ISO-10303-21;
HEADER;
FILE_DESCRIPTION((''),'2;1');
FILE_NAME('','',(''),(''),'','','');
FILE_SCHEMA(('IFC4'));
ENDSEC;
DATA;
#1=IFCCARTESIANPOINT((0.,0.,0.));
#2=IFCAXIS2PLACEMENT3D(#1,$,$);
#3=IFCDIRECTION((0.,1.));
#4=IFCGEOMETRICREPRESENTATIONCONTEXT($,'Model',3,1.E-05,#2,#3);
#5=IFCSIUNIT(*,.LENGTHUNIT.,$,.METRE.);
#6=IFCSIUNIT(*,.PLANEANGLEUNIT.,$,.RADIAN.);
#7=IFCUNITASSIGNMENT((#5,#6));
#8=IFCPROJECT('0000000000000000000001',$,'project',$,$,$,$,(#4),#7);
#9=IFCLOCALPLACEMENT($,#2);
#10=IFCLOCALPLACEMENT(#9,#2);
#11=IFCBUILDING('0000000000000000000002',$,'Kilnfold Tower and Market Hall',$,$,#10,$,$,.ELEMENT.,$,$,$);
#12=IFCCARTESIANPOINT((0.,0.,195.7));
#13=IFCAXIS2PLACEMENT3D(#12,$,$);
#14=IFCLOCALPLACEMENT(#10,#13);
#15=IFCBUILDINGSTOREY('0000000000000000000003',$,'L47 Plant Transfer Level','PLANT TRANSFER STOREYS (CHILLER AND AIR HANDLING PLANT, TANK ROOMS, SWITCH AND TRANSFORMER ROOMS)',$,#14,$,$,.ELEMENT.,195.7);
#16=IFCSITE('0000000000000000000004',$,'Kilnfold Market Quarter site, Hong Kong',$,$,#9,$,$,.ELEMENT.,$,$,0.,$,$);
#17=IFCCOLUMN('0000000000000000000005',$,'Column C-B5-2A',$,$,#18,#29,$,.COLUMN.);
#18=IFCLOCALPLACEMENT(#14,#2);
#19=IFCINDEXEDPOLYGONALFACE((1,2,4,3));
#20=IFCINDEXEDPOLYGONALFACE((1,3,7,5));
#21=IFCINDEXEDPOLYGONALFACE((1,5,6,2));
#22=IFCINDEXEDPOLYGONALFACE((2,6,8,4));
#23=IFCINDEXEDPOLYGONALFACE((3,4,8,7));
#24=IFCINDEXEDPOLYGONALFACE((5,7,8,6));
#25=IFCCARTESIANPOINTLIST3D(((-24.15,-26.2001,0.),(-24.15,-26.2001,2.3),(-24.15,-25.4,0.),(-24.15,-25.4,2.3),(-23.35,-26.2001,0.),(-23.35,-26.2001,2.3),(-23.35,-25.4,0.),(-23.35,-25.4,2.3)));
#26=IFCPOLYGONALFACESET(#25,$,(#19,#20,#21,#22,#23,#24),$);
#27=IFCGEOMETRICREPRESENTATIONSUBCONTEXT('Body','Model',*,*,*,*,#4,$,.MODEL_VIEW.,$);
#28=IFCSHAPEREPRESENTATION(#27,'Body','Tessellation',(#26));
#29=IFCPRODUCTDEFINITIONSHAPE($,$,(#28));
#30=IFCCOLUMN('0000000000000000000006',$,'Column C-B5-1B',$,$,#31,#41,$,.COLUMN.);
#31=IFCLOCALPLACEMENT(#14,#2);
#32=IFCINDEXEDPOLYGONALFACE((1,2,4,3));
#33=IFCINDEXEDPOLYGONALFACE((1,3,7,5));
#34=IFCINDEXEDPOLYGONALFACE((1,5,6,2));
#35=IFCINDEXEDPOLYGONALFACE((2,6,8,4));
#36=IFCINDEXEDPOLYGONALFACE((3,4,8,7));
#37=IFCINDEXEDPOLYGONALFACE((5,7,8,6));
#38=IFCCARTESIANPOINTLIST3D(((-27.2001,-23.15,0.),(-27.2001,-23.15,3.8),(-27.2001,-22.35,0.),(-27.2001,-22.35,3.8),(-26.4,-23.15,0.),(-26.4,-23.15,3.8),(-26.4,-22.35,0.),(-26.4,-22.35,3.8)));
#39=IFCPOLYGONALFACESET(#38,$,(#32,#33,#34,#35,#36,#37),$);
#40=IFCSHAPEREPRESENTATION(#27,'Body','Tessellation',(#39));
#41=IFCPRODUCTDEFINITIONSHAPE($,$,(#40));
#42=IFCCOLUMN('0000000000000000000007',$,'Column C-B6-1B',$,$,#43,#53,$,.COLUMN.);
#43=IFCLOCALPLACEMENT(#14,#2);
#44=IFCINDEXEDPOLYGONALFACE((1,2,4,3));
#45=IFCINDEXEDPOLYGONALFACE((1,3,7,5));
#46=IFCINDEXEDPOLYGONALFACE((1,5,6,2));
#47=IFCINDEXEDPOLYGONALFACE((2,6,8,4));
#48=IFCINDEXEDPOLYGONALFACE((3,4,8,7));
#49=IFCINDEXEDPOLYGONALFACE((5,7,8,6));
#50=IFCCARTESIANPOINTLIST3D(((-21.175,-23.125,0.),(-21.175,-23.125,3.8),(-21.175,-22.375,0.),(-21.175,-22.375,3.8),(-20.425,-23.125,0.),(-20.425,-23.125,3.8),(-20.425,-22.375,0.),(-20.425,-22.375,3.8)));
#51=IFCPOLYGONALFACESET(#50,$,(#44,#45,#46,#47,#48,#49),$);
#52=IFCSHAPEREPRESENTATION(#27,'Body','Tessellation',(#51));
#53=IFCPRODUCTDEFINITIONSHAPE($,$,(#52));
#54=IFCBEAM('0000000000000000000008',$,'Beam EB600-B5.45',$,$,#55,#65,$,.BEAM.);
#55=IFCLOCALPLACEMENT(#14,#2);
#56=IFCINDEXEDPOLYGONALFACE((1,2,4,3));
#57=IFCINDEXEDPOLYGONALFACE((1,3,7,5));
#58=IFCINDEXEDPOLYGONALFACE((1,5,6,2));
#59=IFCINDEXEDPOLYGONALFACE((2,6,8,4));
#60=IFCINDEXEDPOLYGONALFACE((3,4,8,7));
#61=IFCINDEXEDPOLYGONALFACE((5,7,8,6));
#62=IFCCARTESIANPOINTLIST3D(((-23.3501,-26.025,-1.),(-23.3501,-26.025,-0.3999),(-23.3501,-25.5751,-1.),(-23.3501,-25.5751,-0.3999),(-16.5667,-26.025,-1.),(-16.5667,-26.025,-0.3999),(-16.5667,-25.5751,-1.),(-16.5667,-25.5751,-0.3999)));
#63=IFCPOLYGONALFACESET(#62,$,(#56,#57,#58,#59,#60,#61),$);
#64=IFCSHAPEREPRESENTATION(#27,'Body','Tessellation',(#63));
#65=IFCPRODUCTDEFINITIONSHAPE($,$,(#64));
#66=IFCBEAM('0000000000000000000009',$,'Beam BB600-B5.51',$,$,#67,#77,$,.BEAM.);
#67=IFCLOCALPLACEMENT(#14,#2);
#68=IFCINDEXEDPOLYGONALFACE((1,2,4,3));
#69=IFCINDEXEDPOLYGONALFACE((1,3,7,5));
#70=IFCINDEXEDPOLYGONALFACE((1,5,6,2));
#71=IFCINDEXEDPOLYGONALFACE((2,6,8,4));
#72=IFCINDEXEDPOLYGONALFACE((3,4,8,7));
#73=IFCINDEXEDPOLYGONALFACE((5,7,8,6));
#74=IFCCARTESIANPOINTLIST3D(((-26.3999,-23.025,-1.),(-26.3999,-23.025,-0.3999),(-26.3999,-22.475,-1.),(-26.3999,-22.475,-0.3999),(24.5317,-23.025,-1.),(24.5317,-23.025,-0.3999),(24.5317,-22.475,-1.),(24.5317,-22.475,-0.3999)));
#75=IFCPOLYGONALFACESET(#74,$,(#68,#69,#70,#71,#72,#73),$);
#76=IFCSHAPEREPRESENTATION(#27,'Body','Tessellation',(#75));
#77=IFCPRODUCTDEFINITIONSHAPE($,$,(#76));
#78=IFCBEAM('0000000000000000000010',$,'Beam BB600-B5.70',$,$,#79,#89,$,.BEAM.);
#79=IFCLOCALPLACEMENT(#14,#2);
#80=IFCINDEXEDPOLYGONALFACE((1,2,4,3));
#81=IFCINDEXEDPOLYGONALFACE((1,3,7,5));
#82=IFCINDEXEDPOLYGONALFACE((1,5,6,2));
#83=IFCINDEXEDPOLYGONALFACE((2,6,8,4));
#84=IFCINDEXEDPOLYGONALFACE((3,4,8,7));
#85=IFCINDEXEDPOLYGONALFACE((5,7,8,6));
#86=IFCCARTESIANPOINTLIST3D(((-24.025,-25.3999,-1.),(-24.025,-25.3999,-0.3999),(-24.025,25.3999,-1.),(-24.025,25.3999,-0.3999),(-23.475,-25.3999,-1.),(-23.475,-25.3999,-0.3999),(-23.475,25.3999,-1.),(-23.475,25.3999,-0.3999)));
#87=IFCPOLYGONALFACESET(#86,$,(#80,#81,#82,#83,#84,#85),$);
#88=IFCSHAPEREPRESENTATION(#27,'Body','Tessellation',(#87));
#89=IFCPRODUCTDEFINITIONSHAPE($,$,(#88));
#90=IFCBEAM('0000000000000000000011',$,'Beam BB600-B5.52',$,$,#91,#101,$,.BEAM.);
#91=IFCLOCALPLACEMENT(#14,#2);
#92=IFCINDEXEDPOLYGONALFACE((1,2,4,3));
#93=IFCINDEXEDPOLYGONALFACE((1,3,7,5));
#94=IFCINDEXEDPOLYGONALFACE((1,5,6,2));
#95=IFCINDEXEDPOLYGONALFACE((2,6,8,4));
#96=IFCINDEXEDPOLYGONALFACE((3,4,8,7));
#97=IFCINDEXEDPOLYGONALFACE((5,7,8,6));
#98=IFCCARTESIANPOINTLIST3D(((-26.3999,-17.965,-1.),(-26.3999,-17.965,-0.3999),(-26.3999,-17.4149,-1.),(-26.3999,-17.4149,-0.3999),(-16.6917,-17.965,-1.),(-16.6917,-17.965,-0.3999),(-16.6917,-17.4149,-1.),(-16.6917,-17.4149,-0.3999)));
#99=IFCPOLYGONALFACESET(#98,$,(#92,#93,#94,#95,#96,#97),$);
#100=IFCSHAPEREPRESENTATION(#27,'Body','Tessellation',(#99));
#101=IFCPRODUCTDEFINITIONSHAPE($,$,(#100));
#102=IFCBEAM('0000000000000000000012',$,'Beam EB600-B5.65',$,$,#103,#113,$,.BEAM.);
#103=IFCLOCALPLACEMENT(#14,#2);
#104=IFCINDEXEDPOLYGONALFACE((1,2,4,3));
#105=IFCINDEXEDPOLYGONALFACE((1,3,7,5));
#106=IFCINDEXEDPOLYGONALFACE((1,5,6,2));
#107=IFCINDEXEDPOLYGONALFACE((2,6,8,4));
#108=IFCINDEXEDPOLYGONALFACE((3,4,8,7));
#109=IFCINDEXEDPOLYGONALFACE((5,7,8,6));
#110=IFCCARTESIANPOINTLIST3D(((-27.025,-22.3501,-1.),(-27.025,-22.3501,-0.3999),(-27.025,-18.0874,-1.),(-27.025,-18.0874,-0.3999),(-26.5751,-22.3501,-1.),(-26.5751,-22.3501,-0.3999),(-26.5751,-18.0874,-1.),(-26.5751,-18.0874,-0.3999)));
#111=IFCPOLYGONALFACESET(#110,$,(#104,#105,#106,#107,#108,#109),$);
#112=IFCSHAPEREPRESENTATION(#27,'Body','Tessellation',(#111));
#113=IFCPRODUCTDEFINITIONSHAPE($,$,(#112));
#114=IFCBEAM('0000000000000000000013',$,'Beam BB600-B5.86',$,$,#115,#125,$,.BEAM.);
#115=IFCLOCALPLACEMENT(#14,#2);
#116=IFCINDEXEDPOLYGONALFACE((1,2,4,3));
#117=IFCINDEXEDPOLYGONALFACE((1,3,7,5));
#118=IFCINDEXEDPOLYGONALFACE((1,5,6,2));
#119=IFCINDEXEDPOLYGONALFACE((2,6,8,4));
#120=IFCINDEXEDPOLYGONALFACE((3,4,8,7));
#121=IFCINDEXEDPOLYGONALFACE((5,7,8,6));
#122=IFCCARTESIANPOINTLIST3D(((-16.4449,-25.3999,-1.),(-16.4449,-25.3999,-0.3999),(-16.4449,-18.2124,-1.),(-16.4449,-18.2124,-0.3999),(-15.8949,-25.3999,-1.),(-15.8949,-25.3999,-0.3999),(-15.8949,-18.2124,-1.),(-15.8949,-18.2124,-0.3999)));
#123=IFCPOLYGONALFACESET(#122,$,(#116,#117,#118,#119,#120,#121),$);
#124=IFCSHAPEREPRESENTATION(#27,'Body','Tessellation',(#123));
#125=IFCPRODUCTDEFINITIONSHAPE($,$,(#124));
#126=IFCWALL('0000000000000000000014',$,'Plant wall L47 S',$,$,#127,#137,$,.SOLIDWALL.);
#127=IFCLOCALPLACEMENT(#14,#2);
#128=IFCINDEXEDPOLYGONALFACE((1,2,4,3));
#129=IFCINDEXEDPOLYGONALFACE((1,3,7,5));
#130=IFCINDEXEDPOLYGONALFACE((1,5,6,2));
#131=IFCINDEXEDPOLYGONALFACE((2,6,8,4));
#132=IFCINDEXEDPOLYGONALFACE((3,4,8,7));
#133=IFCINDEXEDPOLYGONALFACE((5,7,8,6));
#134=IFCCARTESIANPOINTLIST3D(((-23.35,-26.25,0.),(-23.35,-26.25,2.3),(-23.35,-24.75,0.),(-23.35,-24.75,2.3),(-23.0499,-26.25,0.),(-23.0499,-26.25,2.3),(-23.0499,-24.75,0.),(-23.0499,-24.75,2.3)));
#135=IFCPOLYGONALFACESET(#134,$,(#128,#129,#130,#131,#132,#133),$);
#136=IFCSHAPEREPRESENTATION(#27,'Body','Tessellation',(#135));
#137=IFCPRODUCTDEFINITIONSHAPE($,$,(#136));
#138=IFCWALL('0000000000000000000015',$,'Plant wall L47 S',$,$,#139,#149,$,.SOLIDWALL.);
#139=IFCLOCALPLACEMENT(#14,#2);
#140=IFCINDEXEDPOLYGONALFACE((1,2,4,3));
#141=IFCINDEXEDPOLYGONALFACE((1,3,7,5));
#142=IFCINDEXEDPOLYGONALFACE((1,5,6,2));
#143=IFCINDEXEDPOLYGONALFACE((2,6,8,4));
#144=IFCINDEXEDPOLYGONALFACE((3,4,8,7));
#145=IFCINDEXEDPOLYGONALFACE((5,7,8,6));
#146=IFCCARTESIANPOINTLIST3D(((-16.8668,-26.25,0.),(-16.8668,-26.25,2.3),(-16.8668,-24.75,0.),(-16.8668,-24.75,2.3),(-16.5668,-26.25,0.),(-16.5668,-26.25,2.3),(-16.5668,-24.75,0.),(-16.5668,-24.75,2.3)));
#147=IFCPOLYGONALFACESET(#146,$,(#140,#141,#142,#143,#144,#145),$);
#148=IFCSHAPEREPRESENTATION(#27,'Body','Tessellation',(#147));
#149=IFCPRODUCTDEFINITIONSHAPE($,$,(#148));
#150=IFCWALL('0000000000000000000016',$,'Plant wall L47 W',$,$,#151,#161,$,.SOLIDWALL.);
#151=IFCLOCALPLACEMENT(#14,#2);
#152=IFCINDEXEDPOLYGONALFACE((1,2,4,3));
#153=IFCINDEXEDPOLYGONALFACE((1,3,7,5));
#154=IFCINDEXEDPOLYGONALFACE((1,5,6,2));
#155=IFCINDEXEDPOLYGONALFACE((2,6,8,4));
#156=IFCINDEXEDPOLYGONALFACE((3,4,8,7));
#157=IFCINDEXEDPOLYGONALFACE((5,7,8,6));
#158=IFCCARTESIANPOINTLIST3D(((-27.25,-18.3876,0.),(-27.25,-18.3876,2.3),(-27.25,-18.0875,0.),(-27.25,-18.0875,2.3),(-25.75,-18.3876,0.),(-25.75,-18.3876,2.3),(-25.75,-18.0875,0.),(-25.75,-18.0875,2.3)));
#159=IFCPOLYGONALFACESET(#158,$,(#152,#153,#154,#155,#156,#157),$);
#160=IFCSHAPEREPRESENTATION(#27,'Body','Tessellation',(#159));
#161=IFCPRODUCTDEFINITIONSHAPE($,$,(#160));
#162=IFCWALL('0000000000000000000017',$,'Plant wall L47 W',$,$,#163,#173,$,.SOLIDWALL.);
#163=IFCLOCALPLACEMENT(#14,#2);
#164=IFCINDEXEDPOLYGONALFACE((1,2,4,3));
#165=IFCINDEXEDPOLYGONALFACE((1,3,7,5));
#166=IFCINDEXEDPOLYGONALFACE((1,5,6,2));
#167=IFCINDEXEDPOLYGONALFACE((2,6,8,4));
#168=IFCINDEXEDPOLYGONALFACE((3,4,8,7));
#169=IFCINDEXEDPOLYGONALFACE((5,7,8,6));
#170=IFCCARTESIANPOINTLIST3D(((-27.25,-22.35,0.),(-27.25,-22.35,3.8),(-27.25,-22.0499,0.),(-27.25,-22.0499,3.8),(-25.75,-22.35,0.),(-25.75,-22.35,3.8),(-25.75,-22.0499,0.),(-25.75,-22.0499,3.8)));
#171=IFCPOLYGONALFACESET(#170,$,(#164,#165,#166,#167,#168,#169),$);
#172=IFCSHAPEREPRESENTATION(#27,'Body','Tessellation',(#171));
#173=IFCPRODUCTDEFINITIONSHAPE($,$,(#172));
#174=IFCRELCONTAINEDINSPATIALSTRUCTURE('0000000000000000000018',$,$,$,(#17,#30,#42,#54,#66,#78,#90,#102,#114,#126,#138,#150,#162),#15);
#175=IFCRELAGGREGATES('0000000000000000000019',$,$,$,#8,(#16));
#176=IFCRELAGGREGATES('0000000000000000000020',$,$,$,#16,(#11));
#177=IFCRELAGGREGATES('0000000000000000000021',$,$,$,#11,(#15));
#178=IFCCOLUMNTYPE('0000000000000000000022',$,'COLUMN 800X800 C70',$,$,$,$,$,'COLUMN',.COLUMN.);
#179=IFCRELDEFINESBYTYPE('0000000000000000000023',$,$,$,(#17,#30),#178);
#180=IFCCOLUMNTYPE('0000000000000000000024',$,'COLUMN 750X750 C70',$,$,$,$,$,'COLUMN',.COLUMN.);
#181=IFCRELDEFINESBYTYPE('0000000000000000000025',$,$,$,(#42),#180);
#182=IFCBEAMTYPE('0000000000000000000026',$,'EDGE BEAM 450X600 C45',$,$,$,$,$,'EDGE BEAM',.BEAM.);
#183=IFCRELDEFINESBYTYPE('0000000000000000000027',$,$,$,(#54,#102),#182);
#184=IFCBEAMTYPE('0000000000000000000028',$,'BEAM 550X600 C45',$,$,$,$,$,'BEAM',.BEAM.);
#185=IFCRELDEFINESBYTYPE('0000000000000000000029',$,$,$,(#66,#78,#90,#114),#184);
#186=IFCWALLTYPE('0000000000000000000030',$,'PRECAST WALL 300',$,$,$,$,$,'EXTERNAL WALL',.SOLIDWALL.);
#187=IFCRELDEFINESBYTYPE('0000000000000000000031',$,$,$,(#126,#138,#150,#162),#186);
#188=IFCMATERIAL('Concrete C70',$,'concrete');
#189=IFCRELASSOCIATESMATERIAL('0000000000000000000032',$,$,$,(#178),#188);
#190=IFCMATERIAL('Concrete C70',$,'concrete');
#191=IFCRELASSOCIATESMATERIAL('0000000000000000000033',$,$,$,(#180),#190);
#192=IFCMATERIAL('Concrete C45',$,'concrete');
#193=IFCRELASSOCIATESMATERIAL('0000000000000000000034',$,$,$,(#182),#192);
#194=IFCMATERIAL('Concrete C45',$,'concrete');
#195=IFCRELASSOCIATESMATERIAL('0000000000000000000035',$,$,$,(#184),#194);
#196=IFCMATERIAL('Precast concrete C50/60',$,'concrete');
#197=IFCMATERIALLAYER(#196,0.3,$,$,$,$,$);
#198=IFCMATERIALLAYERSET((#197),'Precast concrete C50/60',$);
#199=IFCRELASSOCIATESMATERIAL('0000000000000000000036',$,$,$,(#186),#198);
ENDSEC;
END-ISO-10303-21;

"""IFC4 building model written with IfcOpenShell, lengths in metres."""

from ifc_helpers import new_model, si_unit, direction, frame, frame_2d, origin, origin_2d, place, context, subcontext, project, spatial, rectangle, extrude, source, transform, mapped, material, layer, layer_set, material_profile, profile_set, type_object, element, save


model = new_model("IFC4")

# Units and contexts
model_context = context("Model", 3, precision=1e-05, world=origin(), true_north=direction((0.0, 1.0)))
body_context = subcontext(model_context, "Body", "Model", "MODEL_VIEW")
ifc_project = project(units=[si_unit("LENGTHUNIT", "METRE"), si_unit("PLANEANGLEUNIT", "RADIAN")], contexts=[model_context])

# Site, building, storey
site_placement = place(None, origin())
site = spatial("IfcSite", under=ifc_project, at=site_placement, Name="Kilnfold Market Quarter site, Hong Kong", CompositionType="ELEMENT", RefElevation=0.0)
building_placement = place(site_placement, origin())
building = spatial("IfcBuilding", under=site, at=building_placement, Name="Kilnfold Tower and Market Hall", CompositionType="ELEMENT")
storey_placement = place(building_placement, frame((0.0, 0.0, 195.7)))
storey = spatial("IfcBuildingStorey", under=building, at=storey_placement, Name="L47 Plant Transfer Level", Description="PLANT TRANSFER STOREYS (CHILLER AND AIR HANDLING PLANT, TANK ROOMS, SWITCH AND TRANSFORMER ROOMS)", CompositionType="ELEMENT", Elevation=195.7)

# Columns
ifc_material_1 = material(Name="Concrete C70", Category="concrete")
ifc_material_profile_1 = material_profile(ifc_material_1, rectangle(XDim=0.8, YDim=0.8, at=origin_2d()), Name="RC 800x800")
ifc_profile_set_1 = profile_set([ifc_material_profile_1], Name="Concrete C70")
column_type_1 = type_object("IfcColumnType", Name="COLUMN 800X800 C70", ElementType="COLUMN", PredefinedType="COLUMN", material=ifc_profile_set_1)
shared_shape_1 = source(origin(), body_context, "Body", "SweptSolid", [
    extrude(rectangle(XDim=0.8, YDim=0.8, at=origin_2d()), origin(), (0.0, 0.0, 1.0), 2.3),
])
column_1_placement = place(storey_placement, frame((-23.75, -25.8, 0.0), z_axis=(0.0, 0.0, 1.0), x_axis=(1.0, 0.0, 0.0)))
element("IfcColumn", 1, at=column_1_placement, inside=storey, type_object=column_type_1, Name="Column C-B5-2A", PredefinedType="COLUMN", context=body_context, shape_type="MappedRepresentation", body=[
    mapped(shared_shape_1, transform((0.0, 0.0, 0.0))),
])
shared_shape_2 = source(origin(), body_context, "Body", "SweptSolid", [
    extrude(rectangle(XDim=0.8, YDim=0.8, at=origin_2d()), origin(), (0.0, 0.0, 1.0), 3.8),
])
column_2_placement = place(storey_placement, frame((-26.8, -22.75, 0.0), z_axis=(0.0, 0.0, 1.0), x_axis=(1.0, 0.0, 0.0)))
element("IfcColumn", 2, at=column_2_placement, inside=storey, type_object=column_type_1, Name="Column C-B5-1B", PredefinedType="COLUMN", context=body_context, shape_type="MappedRepresentation", body=[
    mapped(shared_shape_2, transform((0.0, 0.0, 0.0))),
])
ifc_material_2 = material(Name="Concrete C70", Category="concrete")
ifc_material_profile_2 = material_profile(ifc_material_2, rectangle(XDim=0.75, YDim=0.75, at=origin_2d()), Name="RC 750x750")
ifc_profile_set_2 = profile_set([ifc_material_profile_2], Name="Concrete C70")
column_type_2 = type_object("IfcColumnType", Name="COLUMN 750X750 C70", ElementType="COLUMN", PredefinedType="COLUMN", material=ifc_profile_set_2)
shared_shape_3 = source(origin(), body_context, "Body", "SweptSolid", [
    extrude(rectangle(XDim=0.75, YDim=0.75, at=origin_2d()), origin(), (0.0, 0.0, 1.0), 3.8),
])
column_3_placement = place(storey_placement, frame((-20.8, -22.75, 0.0), z_axis=(0.0, 0.0, 1.0), x_axis=(1.0, 0.0, 0.0)))
element("IfcColumn", 3, at=column_3_placement, inside=storey, type_object=column_type_2, Name="Column C-B6-1B", PredefinedType="COLUMN", context=body_context, shape_type="MappedRepresentation", body=[
    mapped(shared_shape_3, transform((0.0, 0.0, 0.0))),
])

# Beams
ifc_material_3 = material(Name="Concrete C45", Category="concrete")
ifc_material_profile_3 = material_profile(ifc_material_3, rectangle(XDim=0.45, YDim=0.6001, at=origin_2d()), Name="RC 450x600")
ifc_profile_set_3 = profile_set([ifc_material_profile_3], Name="Concrete C45")
beam_type_1 = type_object("IfcBeamType", Name="EDGE BEAM 450X600 C45", ElementType="EDGE BEAM", PredefinedType="BEAM", material=ifc_profile_set_3)
shared_shape_4 = source(origin(), body_context, "Body", "SweptSolid", [
    extrude(rectangle(XDim=0.45, YDim=0.6001, at=origin_2d()), origin(), (0.0, 0.0, 1.0), 6.7834),
])
beam_1_placement = place(storey_placement, frame((-23.3501, -25.8, -0.7), z_axis=(1.0, 0.0, 0.0), x_axis=(0.0, 1.0, 0.0)))
element("IfcBeam", 4, at=beam_1_placement, inside=storey, type_object=beam_type_1, Name="Beam EB600-B5.45", PredefinedType="BEAM", context=body_context, shape_type="MappedRepresentation", body=[
    mapped(shared_shape_4, transform((0.0, 0.0, 0.0))),
])
ifc_material_4 = material(Name="Concrete C45", Category="concrete")
ifc_material_profile_4 = material_profile(ifc_material_4, rectangle(XDim=0.55, YDim=0.6001, at=origin_2d()), Name="RC 550x600")
ifc_profile_set_4 = profile_set([ifc_material_profile_4], Name="Concrete C45")
beam_type_2 = type_object("IfcBeamType", Name="BEAM 550X600 C45", ElementType="BEAM", PredefinedType="BEAM", material=ifc_profile_set_4)
shared_shape_5 = source(origin(), body_context, "Body", "SweptSolid", [
    extrude(rectangle(XDim=0.55, YDim=0.6001, at=origin_2d()), origin(), (0.0, 0.0, 1.0), 50.9316),
])
beam_2_placement = place(storey_placement, frame((-26.3999, -22.75, -0.7), z_axis=(1.0, 0.0, 0.0), x_axis=(0.0, 1.0, 0.0)))
element("IfcBeam", 5, at=beam_2_placement, inside=storey, type_object=beam_type_2, Name="Beam BB600-B5.51", PredefinedType="BEAM", context=body_context, shape_type="MappedRepresentation", body=[
    mapped(shared_shape_5, transform((0.0, 0.0, 0.0))),
])
shared_shape_6 = source(origin(), body_context, "Body", "SweptSolid", [
    extrude(rectangle(XDim=0.55, YDim=0.6001, at=origin_2d()), origin(), (0.0, 0.0, 1.0), 50.7998),
])
beam_3_placement = place(storey_placement, frame((-23.75, -25.3999, -0.7), z_axis=(0.0, 1.0, 0.0), x_axis=(-1.0, 0.0, 0.0)))
element("IfcBeam", 6, at=beam_3_placement, inside=storey, type_object=beam_type_2, Name="Beam BB600-B5.70", PredefinedType="BEAM", context=body_context, shape_type="MappedRepresentation", body=[
    mapped(shared_shape_6, transform((0.0, 0.0, 0.0))),
])
shared_shape_7 = source(origin(), body_context, "Body", "SweptSolid", [
    extrude(rectangle(XDim=0.55, YDim=0.6001, at=origin_2d()), origin(), (0.0, 0.0, 1.0), 9.7083),
])
beam_4_placement = place(storey_placement, frame((-26.3999, -17.6899, -0.7), z_axis=(1.0, 0.0, 0.0), x_axis=(0.0, 1.0, 0.0)))
element("IfcBeam", 7, at=beam_4_placement, inside=storey, type_object=beam_type_2, Name="Beam BB600-B5.52", PredefinedType="BEAM", context=body_context, shape_type="MappedRepresentation", body=[
    mapped(shared_shape_7, transform((0.0, 0.0, 0.0))),
])
shared_shape_8 = source(origin(), body_context, "Body", "SweptSolid", [
    extrude(rectangle(XDim=0.45, YDim=0.6001, at=origin_2d()), origin(), (0.0, 0.0, 1.0), 4.2627),
])
beam_5_placement = place(storey_placement, frame((-26.8, -22.3501, -0.7), z_axis=(0.0, 1.0, 0.0), x_axis=(-1.0, 0.0, 0.0)))
element("IfcBeam", 8, at=beam_5_placement, inside=storey, type_object=beam_type_1, Name="Beam EB600-B5.65", PredefinedType="BEAM", context=body_context, shape_type="MappedRepresentation", body=[
    mapped(shared_shape_8, transform((0.0, 0.0, 0.0))),
])
shared_shape_9 = source(origin(), body_context, "Body", "SweptSolid", [
    extrude(rectangle(XDim=0.55, YDim=0.6001, at=origin_2d()), origin(), (0.0, 0.0, 1.0), 7.1875),
])
beam_6_placement = place(storey_placement, frame((-16.1699, -25.3999, -0.7), z_axis=(0.0, 1.0, 0.0), x_axis=(-1.0, 0.0, 0.0)))
element("IfcBeam", 9, at=beam_6_placement, inside=storey, type_object=beam_type_2, Name="Beam BB600-B5.86", PredefinedType="BEAM", context=body_context, shape_type="MappedRepresentation", body=[
    mapped(shared_shape_9, transform((0.0, 0.0, 0.0))),
])

# Walls
ifc_material_5 = material(Name="Precast concrete C50/60", Category="concrete")
ifc_layer_1 = layer(ifc_material_5, 0.3)
ifc_layer_set_1 = layer_set([ifc_layer_1], Name="Precast concrete C50/60")
wall_type = type_object("IfcWallType", Name="PRECAST WALL 300", ElementType="EXTERNAL WALL", PredefinedType="SOLIDWALL", material=ifc_layer_set_1)
shared_shape_10 = source(origin(), body_context, "Body", "SweptSolid", [
    extrude(rectangle(XDim=1.5, YDim=0.3, at=frame_2d((0.75, 0.0))), origin(), (0.0, 0.0, 1.0), 2.3),
])
for number, where, z_axis, x_axis, name in (
    (10, (-23.2, -26.25, 0.0), (0.0, 0.0, 1.0), (0.0, 1.0, 0.0), "Plant wall L47 S"),
    (11, (-16.7168, -26.25, 0.0), (0.0, 0.0, 1.0), (0.0, 1.0, 0.0), "Plant wall L47 S"),
    (12, (-27.25, -18.2375, 0.0), (0.0, 0.0, 1.0), (1.0, 0.0, 0.0), "Plant wall L47 W"),
):
    element("IfcWall", number, at=place(storey_placement, frame(where, z_axis=z_axis, x_axis=x_axis)), inside=storey, type_object=wall_type, Name=name, PredefinedType="SOLIDWALL", context=body_context, shape_type="MappedRepresentation", body=[
        mapped(shared_shape_10, transform((0.0, 0.0, 0.0))),
    ])
shared_shape_11 = source(origin(), body_context, "Body", "SweptSolid", [
    extrude(rectangle(XDim=1.5, YDim=0.3, at=frame_2d((0.75, 0.0))), origin(), (0.0, 0.0, 1.0), 3.8),
])
wall_1_placement = place(storey_placement, frame((-27.25, -22.2, 0.0), z_axis=(0.0, 0.0, 1.0), x_axis=(1.0, 0.0, 0.0)))
element("IfcWall", 13, at=wall_1_placement, inside=storey, type_object=wall_type, Name="Plant wall L47 W", PredefinedType="SOLIDWALL", context=body_context, shape_type="MappedRepresentation", body=[
    mapped(shared_shape_11, transform((0.0, 0.0, 0.0))),
])

save(model, "model.ifc")
